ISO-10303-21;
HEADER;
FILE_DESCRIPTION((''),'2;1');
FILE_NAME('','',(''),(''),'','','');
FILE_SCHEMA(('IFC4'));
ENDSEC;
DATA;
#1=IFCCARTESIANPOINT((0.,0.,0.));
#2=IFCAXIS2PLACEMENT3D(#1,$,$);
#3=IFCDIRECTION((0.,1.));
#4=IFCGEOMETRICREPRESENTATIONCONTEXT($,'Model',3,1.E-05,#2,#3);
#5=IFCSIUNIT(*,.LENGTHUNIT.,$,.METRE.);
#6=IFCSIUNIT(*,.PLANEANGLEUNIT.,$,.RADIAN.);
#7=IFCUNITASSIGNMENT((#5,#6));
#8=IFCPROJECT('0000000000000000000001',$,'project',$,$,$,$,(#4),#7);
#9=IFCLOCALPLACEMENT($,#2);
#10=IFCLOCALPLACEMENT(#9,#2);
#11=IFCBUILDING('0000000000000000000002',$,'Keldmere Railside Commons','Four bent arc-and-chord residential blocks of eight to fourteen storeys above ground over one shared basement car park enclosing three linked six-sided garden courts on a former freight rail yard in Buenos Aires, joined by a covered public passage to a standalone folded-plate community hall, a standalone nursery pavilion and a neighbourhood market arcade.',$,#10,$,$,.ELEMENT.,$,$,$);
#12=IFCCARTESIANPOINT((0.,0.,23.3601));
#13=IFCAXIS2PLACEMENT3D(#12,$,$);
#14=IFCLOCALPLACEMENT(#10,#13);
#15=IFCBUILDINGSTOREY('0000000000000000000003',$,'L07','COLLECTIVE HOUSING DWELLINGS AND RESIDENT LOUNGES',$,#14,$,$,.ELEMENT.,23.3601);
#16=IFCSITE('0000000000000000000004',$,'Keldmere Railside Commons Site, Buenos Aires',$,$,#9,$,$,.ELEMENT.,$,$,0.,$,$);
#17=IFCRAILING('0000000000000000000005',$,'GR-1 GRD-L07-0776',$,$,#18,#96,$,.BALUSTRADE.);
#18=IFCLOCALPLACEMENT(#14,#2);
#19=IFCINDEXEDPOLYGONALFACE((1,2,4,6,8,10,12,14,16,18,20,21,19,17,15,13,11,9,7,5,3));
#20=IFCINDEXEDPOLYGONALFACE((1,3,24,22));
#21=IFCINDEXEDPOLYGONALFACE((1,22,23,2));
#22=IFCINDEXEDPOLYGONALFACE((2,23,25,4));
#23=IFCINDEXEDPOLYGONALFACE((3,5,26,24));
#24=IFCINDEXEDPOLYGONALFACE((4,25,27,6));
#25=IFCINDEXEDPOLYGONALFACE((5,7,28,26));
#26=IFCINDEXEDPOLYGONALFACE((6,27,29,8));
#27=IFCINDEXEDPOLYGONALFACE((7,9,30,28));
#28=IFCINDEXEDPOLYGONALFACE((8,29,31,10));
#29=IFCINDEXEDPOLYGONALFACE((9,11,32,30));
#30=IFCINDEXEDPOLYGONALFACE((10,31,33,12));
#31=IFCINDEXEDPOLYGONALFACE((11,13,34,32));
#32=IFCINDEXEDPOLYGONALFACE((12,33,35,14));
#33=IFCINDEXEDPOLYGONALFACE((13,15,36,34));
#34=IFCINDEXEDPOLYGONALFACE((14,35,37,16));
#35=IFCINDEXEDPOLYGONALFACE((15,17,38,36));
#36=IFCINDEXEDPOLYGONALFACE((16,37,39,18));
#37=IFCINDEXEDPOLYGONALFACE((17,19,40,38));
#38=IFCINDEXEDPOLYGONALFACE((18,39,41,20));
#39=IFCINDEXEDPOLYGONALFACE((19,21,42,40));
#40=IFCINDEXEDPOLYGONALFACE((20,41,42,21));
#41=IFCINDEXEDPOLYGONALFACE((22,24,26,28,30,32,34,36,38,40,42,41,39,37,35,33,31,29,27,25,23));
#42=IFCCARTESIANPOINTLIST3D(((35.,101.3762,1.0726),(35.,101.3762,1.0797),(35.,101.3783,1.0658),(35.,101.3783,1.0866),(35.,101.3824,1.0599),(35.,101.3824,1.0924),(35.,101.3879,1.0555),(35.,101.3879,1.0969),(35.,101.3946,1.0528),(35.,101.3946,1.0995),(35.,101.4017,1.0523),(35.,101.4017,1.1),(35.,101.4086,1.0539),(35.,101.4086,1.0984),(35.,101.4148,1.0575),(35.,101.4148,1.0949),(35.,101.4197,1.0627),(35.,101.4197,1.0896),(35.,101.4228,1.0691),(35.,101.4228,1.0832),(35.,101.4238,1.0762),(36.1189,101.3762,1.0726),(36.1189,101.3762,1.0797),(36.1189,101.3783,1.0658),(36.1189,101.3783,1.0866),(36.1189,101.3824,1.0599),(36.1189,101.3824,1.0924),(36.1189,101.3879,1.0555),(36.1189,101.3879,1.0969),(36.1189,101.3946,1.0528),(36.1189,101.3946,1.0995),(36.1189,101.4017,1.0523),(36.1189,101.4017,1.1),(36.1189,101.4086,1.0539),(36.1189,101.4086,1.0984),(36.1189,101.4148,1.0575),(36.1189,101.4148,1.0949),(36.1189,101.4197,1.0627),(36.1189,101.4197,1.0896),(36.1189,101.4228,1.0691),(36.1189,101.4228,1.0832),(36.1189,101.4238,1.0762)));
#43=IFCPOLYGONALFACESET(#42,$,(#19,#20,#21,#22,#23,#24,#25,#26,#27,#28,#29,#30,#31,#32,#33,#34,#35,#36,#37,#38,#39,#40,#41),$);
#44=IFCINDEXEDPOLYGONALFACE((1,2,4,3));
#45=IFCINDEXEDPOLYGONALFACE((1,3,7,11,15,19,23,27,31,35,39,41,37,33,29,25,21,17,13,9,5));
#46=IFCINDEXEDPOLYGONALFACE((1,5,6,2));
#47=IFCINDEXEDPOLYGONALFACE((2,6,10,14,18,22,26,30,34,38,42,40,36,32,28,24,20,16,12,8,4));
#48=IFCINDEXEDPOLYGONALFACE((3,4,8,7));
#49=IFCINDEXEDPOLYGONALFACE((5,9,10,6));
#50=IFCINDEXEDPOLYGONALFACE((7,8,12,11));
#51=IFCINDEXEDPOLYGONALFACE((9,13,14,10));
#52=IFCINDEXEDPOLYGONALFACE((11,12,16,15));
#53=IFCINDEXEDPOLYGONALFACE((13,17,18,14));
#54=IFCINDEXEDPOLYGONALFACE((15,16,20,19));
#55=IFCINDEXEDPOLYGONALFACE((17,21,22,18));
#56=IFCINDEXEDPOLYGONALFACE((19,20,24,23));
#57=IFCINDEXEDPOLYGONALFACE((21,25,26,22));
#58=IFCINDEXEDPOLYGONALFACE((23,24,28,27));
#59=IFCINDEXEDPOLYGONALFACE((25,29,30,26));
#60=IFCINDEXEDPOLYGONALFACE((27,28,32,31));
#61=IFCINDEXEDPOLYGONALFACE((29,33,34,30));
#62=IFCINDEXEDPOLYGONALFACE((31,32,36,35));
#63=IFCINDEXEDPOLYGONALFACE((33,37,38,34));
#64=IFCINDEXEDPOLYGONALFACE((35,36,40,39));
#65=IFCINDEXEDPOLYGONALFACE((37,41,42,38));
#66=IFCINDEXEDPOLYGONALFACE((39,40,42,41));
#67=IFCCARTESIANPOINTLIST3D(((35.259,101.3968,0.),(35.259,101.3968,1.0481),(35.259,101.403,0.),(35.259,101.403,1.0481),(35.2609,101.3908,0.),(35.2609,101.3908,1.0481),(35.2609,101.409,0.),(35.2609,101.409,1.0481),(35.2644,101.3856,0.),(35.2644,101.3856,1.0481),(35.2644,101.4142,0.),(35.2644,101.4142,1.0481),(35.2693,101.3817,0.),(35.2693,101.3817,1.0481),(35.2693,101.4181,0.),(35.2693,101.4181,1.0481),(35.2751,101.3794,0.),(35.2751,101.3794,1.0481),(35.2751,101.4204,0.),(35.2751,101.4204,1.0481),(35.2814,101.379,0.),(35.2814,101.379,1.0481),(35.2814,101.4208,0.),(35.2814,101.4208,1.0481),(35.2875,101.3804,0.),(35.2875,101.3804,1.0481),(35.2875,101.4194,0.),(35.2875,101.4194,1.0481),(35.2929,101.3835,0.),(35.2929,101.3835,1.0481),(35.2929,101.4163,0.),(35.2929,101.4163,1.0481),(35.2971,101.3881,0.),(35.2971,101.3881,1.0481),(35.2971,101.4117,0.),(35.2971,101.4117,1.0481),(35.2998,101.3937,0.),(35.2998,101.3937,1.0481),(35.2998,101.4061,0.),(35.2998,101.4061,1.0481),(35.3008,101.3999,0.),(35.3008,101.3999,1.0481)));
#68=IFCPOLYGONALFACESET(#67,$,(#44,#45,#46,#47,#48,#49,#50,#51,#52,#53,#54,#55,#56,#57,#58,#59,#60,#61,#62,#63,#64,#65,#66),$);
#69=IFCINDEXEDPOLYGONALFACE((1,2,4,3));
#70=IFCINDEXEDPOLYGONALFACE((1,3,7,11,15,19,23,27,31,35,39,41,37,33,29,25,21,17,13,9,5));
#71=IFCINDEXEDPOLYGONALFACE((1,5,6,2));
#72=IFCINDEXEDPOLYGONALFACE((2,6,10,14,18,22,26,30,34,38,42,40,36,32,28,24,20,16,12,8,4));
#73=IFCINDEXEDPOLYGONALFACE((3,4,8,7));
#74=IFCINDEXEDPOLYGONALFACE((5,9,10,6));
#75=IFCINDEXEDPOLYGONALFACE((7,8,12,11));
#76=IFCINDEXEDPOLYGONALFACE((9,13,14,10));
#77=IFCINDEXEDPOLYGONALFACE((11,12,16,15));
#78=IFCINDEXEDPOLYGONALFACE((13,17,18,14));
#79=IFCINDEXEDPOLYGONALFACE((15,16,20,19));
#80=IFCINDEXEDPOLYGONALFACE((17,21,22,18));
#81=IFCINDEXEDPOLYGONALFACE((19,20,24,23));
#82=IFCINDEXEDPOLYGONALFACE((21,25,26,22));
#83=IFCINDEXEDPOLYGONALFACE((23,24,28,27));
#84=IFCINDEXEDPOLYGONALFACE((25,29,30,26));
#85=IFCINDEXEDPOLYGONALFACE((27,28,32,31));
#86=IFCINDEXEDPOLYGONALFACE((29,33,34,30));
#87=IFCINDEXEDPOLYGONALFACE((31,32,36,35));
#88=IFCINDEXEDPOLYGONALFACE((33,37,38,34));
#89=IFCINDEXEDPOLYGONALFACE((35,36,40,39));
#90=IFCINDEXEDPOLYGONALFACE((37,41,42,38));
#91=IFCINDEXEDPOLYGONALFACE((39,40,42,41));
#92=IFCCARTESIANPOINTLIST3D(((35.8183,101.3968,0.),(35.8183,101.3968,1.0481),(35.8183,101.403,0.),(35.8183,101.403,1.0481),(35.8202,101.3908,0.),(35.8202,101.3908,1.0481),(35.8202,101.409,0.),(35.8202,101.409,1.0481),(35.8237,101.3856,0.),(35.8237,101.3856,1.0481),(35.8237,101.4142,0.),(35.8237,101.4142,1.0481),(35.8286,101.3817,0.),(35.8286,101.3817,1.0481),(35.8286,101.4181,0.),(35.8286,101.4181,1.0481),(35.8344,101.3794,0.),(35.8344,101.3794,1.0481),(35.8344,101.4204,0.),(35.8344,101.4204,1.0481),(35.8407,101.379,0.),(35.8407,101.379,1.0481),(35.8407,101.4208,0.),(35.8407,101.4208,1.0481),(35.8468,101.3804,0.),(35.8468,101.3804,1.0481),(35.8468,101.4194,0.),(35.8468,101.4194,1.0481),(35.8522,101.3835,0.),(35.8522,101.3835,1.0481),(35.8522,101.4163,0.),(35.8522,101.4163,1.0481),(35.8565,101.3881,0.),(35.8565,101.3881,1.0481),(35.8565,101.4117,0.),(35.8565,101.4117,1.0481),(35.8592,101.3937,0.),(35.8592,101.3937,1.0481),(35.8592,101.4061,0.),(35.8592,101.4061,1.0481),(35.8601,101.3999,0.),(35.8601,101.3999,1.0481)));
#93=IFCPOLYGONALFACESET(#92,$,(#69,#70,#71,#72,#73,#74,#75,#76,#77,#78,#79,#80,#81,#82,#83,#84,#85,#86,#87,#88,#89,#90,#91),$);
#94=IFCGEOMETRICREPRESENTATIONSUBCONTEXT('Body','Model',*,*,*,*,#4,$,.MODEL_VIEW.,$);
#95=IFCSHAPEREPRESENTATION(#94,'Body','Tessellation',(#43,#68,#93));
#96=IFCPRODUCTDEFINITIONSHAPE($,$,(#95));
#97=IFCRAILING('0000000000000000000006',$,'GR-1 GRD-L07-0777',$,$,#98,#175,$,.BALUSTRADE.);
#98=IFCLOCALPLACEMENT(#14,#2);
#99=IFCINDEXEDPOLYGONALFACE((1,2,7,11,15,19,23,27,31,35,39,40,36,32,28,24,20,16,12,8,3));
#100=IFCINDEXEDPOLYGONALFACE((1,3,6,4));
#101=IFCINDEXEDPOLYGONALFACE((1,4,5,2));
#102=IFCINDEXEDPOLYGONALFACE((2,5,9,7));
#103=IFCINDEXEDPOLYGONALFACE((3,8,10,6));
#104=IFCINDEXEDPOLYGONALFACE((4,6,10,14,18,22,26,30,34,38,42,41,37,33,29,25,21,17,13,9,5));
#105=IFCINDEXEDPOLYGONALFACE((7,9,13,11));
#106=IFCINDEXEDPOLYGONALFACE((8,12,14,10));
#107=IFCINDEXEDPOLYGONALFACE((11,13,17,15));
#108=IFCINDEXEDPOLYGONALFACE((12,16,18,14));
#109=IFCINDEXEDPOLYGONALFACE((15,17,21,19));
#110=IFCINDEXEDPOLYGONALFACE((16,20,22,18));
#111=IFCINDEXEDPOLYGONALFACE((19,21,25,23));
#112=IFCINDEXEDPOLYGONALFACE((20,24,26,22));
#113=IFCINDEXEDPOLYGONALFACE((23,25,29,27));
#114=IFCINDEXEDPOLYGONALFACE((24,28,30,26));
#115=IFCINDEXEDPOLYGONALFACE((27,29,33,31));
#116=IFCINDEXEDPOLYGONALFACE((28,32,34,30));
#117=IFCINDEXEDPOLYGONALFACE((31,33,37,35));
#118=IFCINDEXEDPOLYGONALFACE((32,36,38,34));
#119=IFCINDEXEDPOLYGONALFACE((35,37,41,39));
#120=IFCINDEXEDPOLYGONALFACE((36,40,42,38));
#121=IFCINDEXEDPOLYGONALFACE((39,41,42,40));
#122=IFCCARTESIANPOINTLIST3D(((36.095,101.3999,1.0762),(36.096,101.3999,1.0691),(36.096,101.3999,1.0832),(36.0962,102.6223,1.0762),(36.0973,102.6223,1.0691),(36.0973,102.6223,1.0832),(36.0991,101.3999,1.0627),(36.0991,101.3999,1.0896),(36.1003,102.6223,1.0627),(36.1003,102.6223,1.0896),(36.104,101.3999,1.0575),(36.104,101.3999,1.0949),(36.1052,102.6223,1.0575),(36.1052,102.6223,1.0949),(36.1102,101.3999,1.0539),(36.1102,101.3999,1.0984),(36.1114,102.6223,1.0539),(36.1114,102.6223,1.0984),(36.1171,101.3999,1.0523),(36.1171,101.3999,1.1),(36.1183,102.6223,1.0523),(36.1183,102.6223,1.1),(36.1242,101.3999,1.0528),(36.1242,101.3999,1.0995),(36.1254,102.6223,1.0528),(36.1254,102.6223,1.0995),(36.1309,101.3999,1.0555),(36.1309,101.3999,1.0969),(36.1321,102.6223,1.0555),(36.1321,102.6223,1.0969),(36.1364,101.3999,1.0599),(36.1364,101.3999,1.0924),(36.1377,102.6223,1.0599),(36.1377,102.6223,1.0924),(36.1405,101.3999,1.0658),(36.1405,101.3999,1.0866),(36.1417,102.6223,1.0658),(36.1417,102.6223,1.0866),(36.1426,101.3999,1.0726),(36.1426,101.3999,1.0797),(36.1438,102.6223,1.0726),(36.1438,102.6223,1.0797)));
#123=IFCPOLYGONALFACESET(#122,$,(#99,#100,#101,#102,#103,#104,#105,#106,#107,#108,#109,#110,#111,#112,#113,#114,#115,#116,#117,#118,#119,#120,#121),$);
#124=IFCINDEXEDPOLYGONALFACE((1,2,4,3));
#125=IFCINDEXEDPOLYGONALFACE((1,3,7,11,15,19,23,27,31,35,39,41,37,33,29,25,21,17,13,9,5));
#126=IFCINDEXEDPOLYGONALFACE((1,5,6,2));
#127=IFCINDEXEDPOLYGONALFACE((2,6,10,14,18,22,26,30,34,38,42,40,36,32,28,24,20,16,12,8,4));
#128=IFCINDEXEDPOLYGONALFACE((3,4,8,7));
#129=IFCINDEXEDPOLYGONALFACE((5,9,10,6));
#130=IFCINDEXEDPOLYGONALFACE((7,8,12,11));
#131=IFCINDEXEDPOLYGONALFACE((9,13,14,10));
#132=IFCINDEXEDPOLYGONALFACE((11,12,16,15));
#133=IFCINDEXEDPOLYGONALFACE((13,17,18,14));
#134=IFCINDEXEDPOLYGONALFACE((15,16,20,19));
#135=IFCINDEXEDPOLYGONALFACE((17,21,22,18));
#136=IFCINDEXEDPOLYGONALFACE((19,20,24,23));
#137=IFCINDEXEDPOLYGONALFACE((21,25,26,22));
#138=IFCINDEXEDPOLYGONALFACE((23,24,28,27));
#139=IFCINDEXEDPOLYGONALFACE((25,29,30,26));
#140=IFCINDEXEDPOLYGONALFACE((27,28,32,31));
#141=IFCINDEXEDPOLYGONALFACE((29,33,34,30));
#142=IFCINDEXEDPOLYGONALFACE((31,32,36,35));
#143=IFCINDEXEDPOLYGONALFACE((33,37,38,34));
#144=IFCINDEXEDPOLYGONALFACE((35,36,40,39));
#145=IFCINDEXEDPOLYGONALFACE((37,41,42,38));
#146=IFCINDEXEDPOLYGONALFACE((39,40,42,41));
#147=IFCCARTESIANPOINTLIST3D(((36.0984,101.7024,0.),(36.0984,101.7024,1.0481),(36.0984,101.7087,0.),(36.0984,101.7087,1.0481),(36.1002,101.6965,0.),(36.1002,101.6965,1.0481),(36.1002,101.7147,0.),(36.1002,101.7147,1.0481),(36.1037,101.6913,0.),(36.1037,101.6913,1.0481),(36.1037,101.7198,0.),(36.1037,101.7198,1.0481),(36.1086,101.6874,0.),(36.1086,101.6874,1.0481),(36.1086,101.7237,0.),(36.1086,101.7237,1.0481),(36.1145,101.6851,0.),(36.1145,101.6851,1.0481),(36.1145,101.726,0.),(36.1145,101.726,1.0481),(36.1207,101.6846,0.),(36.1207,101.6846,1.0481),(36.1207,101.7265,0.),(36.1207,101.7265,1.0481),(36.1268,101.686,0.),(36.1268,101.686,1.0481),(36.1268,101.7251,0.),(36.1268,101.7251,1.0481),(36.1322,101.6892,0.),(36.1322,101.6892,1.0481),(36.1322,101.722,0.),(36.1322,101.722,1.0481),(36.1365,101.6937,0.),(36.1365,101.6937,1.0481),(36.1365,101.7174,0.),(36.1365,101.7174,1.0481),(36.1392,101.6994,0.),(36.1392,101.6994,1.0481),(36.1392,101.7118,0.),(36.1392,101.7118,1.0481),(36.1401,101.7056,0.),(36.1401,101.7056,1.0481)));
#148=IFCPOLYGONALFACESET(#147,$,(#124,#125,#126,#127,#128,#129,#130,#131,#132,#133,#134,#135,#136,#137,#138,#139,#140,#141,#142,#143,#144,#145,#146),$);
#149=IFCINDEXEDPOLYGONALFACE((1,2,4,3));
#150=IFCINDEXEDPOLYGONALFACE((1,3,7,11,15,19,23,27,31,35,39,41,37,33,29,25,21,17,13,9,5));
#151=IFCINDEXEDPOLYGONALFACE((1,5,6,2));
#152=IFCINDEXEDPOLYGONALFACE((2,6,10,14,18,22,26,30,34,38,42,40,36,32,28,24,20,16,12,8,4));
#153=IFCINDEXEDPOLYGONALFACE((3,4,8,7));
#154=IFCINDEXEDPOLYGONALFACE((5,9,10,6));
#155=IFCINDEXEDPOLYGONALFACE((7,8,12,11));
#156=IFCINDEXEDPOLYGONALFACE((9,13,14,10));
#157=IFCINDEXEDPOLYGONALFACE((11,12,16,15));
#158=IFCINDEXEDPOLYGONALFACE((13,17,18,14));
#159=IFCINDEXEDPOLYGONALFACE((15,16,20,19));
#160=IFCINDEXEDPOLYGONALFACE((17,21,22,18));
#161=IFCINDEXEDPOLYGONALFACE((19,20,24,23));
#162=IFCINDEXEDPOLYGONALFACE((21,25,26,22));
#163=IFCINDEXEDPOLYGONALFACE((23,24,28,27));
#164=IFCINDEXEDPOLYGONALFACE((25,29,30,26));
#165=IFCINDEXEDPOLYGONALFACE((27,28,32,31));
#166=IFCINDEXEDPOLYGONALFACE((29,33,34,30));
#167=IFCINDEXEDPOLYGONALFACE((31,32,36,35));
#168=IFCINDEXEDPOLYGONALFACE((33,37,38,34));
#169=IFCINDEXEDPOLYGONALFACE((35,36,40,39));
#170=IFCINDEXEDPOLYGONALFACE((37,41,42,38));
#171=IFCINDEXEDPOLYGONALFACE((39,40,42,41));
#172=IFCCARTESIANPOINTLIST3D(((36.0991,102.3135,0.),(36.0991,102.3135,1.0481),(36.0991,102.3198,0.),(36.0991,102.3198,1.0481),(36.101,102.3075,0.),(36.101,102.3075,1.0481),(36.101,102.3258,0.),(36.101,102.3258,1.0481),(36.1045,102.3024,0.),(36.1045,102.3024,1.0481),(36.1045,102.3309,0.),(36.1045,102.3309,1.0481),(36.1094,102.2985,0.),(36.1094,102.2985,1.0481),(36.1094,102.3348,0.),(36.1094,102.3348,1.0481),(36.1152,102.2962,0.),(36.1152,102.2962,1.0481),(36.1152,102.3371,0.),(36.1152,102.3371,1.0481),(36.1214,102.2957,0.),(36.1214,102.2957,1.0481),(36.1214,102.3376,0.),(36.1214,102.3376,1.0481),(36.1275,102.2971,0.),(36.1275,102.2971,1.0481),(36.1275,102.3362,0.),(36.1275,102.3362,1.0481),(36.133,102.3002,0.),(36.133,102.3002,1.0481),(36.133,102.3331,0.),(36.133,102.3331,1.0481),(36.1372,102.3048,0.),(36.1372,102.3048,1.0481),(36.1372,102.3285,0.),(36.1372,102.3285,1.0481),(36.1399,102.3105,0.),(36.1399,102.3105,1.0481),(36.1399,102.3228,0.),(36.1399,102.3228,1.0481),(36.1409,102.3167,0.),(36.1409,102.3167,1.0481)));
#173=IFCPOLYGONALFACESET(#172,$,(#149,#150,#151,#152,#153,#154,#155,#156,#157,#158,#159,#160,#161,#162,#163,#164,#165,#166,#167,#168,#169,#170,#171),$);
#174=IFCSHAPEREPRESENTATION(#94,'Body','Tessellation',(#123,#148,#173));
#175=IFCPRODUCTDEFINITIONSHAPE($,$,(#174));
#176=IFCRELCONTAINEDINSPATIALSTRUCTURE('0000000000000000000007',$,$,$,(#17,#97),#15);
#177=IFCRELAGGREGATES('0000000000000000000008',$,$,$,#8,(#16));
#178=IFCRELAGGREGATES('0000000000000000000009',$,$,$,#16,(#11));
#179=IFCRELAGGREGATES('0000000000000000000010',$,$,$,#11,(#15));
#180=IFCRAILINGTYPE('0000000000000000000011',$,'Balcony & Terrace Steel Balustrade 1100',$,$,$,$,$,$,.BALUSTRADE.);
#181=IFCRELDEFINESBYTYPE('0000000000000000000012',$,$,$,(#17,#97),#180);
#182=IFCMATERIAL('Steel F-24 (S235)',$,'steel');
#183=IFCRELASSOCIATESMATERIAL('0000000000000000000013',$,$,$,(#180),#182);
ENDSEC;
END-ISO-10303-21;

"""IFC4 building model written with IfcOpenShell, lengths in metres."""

from ifc_helpers import new_model, si_unit, direction, frame, origin, origin_2d, place, context, subcontext, project, spatial, circle, extrude, material, type_object, element, save


model = new_model("IFC4")

# Units and contexts
model_context = context("Model", 3, precision=1e-05, world=origin(), true_north=direction((0.0, 1.0)))
body_context = subcontext(model_context, "Body", "Model", "MODEL_VIEW")
ifc_project = project(units=[si_unit("LENGTHUNIT", "METRE"), si_unit("PLANEANGLEUNIT", "RADIAN")], contexts=[model_context])

# Site, building, storey
site_placement = place(None, origin())
site = spatial("IfcSite", under=ifc_project, at=site_placement, Name="Keldmere Railside Commons Site, Buenos Aires", CompositionType="ELEMENT", RefElevation=0.0)
building_placement = place(site_placement, origin())
building = spatial("IfcBuilding", under=site, at=building_placement, Name="Keldmere Railside Commons", Description="Four bent arc-and-chord residential blocks of eight to fourteen storeys above ground over one shared basement car park enclosing three linked six-sided garden courts on a former freight rail yard in Buenos Aires, joined by a covered public passage to a standalone folded-plate community hall, a standalone nursery pavilion and a neighbourhood market arcade.", CompositionType="ELEMENT")
storey_placement = place(building_placement, frame((0.0, 0.0, 23.3601)))
storey = spatial("IfcBuildingStorey", under=building, at=storey_placement, Name="L07", Description="COLLECTIVE HOUSING DWELLINGS AND RESIDENT LOUNGES", CompositionType="ELEMENT", Elevation=23.3601)

# Shared definitions
ifc_material_1 = material(Name="Steel F-24 (S235)", Category="steel")

# Railings
railing_type_1 = type_object("IfcRailingType", Name="Balcony & Terrace Steel Balustrade 1100", PredefinedType="BALUSTRADE", material=ifc_material_1)
railing_1_placement = place(storey_placement, frame((35.0, 101.3999, 0.0)))
element("IfcRailing", 1, at=railing_1_placement, inside=storey, type_object=railing_type_1, Name="GR-1 GRD-L07-0776", PredefinedType="BALUSTRADE", context=body_context, shape_type="SweptSolid", body=[
    extrude(circle(Radius=0.0239, at=origin_2d()), frame((0.0, 0.0, 1.0762), z_axis=(1.0, 0.0, 0.0), x_axis=(0.0, 1.0, 0.0)), (0.0, 0.0, 1.0), 1.1189),
    extrude(circle(Radius=0.021, at=origin_2d()), frame((0.2798, 0.0, 0.0)), (0.0, 0.0, 1.0), 1.0481),
    extrude(circle(Radius=0.021, at=origin_2d()), frame((0.8391, 0.0, 0.0)), (0.0, 0.0, 1.0), 1.0481),
])
railing_2_placement = place(storey_placement, frame((36.1189, 101.3999, 0.0)))
element("IfcRailing", 2, at=railing_2_placement, inside=storey, type_object=railing_type_1, Name="GR-1 GRD-L07-0777", PredefinedType="BALUSTRADE", context=body_context, shape_type="SweptSolid", body=[
    extrude(circle(Radius=0.0239, at=origin_2d()), frame((0.0, 0.0, 1.0762), z_axis=(0.000999, 1.0, 0.0), x_axis=(-1.0, 0.000999, 0.0)), (0.0, 0.0, 1.0), 1.2224),
    extrude(circle(Radius=0.021, at=origin_2d()), frame((0.0002, 0.3057, 0.0)), (0.0, 0.0, 1.0), 1.0481),
    extrude(circle(Radius=0.021, at=origin_2d()), frame((0.001, 0.9167, 0.0)), (0.0, 0.0, 1.0), 1.0481),
])

save(model, "model.ifc")
